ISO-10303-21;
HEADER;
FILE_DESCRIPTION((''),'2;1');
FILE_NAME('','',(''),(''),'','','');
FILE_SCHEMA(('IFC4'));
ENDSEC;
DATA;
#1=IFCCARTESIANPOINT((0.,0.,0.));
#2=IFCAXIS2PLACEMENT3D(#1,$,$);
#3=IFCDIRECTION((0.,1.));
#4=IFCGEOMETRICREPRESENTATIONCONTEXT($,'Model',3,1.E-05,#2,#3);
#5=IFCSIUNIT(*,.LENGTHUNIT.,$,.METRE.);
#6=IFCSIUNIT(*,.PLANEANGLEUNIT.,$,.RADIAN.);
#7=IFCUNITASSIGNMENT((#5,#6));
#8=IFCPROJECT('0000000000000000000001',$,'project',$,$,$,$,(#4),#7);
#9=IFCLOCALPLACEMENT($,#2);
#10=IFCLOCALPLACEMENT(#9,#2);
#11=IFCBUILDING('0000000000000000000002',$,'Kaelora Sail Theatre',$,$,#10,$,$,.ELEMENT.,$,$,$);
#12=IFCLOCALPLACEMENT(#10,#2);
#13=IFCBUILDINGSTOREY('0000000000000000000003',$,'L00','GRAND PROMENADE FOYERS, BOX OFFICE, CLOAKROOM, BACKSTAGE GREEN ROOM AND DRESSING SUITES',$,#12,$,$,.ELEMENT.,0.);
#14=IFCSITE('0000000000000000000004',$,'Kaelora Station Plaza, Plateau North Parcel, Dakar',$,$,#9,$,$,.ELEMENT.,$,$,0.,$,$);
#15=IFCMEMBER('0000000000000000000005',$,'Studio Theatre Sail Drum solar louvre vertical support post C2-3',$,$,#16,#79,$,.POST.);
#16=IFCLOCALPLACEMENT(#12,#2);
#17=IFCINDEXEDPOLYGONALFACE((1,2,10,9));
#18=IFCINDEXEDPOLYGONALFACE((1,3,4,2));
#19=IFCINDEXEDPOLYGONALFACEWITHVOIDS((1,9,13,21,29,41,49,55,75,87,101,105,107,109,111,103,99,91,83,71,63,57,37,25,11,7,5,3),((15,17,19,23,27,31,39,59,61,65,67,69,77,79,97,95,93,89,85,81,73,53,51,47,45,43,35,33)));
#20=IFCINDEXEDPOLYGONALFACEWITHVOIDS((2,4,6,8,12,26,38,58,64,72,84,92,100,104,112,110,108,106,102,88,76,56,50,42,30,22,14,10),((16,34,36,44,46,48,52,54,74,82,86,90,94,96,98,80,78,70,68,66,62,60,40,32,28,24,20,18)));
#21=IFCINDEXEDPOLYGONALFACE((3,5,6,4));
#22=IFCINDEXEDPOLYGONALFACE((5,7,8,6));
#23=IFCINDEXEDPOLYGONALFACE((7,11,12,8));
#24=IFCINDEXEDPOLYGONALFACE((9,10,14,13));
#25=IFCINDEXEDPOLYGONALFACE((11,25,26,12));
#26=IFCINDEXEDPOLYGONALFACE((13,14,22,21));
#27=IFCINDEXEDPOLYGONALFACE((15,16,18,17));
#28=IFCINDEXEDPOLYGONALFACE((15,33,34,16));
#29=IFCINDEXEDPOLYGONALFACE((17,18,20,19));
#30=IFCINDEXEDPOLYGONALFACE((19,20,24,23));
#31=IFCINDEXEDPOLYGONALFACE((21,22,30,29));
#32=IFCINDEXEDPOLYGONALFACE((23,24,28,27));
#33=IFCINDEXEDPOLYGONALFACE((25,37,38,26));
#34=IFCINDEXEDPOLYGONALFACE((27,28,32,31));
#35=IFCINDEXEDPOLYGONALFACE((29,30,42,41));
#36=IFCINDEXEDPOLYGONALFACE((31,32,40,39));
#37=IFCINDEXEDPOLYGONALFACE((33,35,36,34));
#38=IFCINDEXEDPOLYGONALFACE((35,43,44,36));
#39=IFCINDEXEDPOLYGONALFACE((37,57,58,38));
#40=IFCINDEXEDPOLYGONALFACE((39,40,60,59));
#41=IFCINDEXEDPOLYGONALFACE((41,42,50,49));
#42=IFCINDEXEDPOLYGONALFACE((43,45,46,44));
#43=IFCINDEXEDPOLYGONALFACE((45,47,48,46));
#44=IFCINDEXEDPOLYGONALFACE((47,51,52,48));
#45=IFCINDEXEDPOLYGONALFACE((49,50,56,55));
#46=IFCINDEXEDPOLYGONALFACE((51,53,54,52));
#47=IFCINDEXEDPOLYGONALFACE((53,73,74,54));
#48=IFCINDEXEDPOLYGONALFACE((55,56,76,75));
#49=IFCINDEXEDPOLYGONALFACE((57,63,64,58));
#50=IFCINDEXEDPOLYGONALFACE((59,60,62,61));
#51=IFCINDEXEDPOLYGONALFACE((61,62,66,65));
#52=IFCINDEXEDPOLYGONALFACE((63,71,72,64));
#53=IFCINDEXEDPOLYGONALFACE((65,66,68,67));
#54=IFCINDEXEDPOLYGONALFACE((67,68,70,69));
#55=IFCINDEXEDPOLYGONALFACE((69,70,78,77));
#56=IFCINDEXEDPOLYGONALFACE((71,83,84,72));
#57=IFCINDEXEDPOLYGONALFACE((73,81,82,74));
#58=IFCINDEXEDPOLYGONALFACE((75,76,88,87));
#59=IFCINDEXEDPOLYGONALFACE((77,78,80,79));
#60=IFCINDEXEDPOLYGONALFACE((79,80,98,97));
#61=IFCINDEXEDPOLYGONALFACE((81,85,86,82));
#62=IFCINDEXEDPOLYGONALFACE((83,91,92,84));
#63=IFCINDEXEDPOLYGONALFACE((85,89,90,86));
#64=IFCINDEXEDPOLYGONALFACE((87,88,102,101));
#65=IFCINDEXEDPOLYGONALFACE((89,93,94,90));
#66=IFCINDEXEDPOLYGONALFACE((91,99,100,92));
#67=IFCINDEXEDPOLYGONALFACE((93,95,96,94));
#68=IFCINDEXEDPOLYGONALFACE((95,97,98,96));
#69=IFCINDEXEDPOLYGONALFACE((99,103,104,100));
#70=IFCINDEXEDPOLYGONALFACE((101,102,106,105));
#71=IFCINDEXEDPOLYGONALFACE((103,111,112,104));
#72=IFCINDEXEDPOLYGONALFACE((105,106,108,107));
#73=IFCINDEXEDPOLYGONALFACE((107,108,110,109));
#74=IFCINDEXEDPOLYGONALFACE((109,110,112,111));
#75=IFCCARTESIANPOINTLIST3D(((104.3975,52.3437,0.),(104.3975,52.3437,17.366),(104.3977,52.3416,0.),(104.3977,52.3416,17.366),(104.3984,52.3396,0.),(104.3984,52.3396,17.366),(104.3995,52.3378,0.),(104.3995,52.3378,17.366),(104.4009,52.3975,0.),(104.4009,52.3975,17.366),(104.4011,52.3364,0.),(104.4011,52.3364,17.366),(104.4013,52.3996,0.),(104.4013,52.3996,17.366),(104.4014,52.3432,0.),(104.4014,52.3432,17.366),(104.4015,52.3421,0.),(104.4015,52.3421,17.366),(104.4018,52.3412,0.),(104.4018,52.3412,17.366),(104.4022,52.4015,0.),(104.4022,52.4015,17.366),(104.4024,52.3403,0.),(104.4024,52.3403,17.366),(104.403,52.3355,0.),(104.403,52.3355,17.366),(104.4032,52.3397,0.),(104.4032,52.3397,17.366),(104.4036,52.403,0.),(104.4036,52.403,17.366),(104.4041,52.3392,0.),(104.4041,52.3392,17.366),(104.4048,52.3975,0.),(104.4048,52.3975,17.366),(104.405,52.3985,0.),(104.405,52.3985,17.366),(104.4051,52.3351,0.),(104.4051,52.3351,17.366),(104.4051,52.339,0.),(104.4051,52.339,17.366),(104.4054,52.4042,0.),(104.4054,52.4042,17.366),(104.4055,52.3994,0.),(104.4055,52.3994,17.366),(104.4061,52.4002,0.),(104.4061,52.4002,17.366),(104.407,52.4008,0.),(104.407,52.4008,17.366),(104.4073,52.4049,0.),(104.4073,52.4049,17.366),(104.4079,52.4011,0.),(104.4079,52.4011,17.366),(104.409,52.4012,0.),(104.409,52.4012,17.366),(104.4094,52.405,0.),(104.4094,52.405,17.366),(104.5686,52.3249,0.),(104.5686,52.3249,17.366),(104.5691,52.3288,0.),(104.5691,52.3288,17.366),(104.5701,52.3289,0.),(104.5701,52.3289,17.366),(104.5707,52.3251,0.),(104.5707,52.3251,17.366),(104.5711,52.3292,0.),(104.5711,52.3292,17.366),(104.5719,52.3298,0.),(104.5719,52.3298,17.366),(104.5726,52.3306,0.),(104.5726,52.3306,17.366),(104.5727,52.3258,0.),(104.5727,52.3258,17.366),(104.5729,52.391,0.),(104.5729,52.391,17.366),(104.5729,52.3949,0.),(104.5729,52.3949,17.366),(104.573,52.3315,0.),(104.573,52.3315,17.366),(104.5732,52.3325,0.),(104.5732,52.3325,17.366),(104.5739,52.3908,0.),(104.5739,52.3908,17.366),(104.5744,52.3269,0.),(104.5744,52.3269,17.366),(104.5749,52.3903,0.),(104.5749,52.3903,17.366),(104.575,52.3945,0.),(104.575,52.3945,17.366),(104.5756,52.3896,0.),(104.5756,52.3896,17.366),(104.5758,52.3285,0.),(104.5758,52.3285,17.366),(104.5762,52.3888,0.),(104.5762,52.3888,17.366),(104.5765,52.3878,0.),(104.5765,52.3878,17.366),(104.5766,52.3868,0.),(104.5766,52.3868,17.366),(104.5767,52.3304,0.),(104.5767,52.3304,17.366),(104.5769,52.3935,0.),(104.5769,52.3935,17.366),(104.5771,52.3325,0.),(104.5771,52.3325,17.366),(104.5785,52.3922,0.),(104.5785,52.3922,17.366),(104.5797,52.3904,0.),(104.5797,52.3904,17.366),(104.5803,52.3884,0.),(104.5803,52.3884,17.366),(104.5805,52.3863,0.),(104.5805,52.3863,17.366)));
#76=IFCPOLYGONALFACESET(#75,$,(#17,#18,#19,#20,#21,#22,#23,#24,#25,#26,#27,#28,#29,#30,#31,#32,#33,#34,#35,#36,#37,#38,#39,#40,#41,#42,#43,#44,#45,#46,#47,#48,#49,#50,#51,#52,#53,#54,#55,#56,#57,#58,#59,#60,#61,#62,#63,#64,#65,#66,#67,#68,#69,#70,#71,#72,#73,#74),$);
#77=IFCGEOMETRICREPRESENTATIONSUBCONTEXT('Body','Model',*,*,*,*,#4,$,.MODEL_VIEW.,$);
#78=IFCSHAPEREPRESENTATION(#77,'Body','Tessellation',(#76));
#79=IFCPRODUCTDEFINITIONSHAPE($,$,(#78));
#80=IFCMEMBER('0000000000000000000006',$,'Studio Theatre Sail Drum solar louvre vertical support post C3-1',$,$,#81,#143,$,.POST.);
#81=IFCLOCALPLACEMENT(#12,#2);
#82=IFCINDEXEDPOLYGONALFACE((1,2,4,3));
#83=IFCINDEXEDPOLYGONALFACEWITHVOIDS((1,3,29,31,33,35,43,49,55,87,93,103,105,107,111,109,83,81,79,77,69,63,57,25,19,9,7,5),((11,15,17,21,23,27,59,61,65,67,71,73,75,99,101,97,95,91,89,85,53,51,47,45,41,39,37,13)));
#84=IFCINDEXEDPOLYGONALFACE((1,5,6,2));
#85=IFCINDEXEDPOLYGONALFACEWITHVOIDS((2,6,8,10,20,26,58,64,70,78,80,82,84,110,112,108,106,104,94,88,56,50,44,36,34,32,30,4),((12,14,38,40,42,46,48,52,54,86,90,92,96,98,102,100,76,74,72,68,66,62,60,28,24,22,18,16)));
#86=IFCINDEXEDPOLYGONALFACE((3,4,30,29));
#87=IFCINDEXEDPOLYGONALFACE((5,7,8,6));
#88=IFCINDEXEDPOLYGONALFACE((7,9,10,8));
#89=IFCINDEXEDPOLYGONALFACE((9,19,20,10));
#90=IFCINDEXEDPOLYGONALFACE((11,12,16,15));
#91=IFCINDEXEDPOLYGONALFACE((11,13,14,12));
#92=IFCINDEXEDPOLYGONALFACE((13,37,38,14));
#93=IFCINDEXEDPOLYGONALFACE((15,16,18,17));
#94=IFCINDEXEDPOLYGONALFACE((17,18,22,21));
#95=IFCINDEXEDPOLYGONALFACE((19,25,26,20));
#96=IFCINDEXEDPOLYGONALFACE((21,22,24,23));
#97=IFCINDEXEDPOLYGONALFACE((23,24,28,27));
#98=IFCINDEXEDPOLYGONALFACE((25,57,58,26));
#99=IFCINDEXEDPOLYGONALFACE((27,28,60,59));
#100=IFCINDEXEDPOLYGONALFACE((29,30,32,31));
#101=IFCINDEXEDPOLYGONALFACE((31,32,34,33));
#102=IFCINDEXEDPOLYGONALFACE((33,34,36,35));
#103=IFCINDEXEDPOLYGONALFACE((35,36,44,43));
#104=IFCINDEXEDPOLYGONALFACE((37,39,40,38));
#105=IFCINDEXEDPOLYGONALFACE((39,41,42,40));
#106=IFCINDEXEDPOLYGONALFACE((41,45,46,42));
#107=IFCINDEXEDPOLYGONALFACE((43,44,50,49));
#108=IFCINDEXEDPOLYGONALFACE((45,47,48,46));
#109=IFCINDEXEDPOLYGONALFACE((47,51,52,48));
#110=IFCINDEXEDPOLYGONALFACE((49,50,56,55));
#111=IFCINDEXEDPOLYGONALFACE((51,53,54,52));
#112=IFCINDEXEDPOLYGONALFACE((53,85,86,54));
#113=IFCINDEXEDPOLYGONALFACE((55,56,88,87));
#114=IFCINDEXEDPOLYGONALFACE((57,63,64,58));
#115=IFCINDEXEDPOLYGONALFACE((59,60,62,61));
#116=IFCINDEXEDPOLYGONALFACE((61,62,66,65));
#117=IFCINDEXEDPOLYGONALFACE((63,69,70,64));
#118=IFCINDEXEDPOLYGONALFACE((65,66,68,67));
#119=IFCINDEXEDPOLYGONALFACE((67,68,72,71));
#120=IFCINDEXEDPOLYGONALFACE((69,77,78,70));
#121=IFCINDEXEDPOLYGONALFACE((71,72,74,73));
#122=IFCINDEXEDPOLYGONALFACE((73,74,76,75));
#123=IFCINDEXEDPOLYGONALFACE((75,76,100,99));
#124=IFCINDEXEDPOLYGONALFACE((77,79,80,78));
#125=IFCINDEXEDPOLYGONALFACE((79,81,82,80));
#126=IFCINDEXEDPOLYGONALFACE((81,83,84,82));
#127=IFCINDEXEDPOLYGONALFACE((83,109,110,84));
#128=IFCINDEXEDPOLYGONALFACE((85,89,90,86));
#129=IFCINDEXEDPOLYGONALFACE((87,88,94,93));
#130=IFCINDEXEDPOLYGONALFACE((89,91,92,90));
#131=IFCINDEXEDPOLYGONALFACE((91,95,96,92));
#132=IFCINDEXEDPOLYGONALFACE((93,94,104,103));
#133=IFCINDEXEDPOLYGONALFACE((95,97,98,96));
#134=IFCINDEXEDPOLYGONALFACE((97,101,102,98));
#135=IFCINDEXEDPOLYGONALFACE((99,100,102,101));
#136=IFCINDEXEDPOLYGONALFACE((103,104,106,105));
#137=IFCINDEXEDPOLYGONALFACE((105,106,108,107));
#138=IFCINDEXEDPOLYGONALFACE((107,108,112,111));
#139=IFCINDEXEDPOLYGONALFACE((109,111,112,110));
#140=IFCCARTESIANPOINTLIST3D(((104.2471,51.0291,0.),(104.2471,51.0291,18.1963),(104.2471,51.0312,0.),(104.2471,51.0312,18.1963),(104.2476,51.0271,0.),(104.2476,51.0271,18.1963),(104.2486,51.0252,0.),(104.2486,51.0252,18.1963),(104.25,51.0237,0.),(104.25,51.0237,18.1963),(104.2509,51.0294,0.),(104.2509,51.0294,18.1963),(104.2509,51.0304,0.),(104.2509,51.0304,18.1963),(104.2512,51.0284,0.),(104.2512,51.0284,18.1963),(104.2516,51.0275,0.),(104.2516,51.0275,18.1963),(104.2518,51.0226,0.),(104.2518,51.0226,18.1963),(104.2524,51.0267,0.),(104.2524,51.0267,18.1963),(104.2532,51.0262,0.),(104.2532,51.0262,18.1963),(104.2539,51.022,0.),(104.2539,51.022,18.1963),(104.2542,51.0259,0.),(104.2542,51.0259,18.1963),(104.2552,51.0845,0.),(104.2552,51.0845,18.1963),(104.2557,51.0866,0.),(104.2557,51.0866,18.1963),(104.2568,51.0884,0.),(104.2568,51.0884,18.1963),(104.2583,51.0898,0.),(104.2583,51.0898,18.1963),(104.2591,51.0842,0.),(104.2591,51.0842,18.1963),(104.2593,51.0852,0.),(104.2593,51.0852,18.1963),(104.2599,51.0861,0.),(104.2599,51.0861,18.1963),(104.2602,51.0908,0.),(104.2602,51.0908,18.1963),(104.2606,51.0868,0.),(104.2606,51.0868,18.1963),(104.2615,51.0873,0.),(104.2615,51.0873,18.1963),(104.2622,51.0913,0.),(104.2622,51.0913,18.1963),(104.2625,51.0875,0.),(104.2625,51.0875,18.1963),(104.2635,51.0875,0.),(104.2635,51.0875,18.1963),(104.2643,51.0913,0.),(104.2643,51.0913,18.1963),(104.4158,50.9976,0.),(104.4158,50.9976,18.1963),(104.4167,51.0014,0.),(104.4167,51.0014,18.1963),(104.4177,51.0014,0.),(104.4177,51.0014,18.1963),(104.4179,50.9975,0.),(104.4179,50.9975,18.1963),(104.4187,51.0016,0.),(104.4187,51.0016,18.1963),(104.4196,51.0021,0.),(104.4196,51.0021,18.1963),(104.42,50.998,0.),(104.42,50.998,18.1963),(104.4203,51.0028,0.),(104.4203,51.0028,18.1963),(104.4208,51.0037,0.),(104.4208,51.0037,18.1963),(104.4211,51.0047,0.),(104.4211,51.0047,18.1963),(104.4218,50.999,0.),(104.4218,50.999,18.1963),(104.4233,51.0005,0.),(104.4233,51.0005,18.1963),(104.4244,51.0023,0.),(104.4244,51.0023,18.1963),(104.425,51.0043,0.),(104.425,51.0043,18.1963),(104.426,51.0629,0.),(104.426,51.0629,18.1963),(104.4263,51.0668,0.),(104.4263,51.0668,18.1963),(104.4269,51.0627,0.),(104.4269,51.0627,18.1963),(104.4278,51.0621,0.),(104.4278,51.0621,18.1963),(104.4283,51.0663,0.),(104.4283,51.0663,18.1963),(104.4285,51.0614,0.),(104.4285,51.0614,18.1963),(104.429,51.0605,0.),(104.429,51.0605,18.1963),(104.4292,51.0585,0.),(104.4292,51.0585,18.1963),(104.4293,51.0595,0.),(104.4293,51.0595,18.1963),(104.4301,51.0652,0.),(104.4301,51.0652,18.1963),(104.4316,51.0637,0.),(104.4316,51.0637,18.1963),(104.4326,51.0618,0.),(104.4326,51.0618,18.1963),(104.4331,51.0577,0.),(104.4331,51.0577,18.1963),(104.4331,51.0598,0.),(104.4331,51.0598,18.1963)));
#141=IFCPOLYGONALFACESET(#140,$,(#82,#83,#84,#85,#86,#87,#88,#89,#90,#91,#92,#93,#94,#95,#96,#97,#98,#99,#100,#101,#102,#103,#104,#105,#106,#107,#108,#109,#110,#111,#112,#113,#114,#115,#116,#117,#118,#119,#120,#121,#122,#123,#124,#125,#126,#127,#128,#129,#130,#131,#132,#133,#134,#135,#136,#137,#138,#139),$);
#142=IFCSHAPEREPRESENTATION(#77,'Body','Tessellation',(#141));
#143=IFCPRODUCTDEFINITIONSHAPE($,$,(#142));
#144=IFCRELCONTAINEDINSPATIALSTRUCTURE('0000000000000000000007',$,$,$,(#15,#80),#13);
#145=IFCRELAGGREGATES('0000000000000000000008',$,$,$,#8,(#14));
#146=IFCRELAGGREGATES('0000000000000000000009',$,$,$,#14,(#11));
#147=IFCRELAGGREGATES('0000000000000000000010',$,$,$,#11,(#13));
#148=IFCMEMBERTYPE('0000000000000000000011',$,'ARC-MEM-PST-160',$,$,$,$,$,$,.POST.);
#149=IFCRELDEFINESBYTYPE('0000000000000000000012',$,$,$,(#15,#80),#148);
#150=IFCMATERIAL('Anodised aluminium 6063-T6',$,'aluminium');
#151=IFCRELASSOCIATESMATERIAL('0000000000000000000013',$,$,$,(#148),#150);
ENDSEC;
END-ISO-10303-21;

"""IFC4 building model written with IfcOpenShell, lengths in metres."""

from ifc_helpers import new_model, si_unit, direction, frame, origin, origin_2d, place, context, subcontext, project, spatial, hollow_rectangle, extrude, material, material_profile, profile_set, type_object, element, save


model = new_model("IFC4")

# Units and contexts
model_context = context("Model", 3, precision=1e-05, world=origin(), true_north=direction((0.0, 1.0)))
body_context = subcontext(model_context, "Body", "Model", "MODEL_VIEW")
ifc_project = project(units=[si_unit("LENGTHUNIT", "METRE"), si_unit("PLANEANGLEUNIT", "RADIAN")], contexts=[model_context])

# Site, building, storey
site_placement = place(None, origin())
site = spatial("IfcSite", under=ifc_project, at=site_placement, Name="Kaelora Station Plaza, Plateau North Parcel, Dakar", CompositionType="ELEMENT", RefElevation=0.0)
building_placement = place(site_placement, origin())
building = spatial("IfcBuilding", under=site, at=building_placement, Name="Kaelora Sail Theatre", CompositionType="ELEMENT")
storey_placement = place(building_placement, origin())
storey = spatial("IfcBuildingStorey", under=building, at=storey_placement, Name="L00", Description="GRAND PROMENADE FOYERS, BOX OFFICE, CLOAKROOM, BACKSTAGE GREEN ROOM AND DRESSING SUITES", CompositionType="ELEMENT", Elevation=0.0)

# Members
ifc_material_1 = material(Name="Anodised aluminium 6063-T6", Category="aluminium")
ifc_material_profile_1 = material_profile(ifc_material_1, hollow_rectangle(XDim=0.0701, YDim=0.1799, WallThickness=0.0039, InnerFilletRadius=0.0039, OuterFilletRadius=0.0081, at=origin_2d()), Name="ALU-MULL 70x180x4")
ifc_profile_set_1 = profile_set([ifc_material_profile_1], Name="Anodised aluminium 6063-T6")
member_type_1 = type_object("IfcMemberType", Name="ARC-MEM-PST-160", PredefinedType="POST", material=ifc_profile_set_1)
member_1_placement = place(storey_placement, frame((104.489, 52.365, 0.0), z_axis=(0.0, 0.0, 1.0), x_axis=(-0.062094, -0.99807, 0.0)))
element("IfcMember", 1, at=member_1_placement, inside=storey, type_object=member_type_1, Name="Studio Theatre Sail Drum solar louvre vertical support post C2-3", PredefinedType="POST", context=body_context, shape_type="SweptSolid", body=[
    extrude(hollow_rectangle(XDim=0.0701, YDim=0.1799, WallThickness=0.0039, InnerFilletRadius=0.0039, OuterFilletRadius=0.0081, at=origin_2d()), origin(), (0.0, 0.0, 1.0), 17.366),
])
for number, where, z_axis, x_axis, name in (
    (2, (104.3401, 51.0444, 0.0), (0.0, 0.0, 1.0), (-0.149363, -0.988782, 0.0), "Studio Theatre Sail Drum solar louvre vertical support post C3-1"),
):
    element("IfcMember", number, at=place(storey_placement, frame(where, z_axis=z_axis, x_axis=x_axis)), inside=storey, type_object=member_type_1, Name=name, PredefinedType="POST", context=body_context, shape_type="SweptSolid", body=[
        extrude(hollow_rectangle(XDim=0.0701, YDim=0.1799, WallThickness=0.0039, InnerFilletRadius=0.0039, OuterFilletRadius=0.0081, at=origin_2d()), origin(), (0.0, 0.0, 1.0), 18.1963),
    ])

save(model, "model.ifc")
